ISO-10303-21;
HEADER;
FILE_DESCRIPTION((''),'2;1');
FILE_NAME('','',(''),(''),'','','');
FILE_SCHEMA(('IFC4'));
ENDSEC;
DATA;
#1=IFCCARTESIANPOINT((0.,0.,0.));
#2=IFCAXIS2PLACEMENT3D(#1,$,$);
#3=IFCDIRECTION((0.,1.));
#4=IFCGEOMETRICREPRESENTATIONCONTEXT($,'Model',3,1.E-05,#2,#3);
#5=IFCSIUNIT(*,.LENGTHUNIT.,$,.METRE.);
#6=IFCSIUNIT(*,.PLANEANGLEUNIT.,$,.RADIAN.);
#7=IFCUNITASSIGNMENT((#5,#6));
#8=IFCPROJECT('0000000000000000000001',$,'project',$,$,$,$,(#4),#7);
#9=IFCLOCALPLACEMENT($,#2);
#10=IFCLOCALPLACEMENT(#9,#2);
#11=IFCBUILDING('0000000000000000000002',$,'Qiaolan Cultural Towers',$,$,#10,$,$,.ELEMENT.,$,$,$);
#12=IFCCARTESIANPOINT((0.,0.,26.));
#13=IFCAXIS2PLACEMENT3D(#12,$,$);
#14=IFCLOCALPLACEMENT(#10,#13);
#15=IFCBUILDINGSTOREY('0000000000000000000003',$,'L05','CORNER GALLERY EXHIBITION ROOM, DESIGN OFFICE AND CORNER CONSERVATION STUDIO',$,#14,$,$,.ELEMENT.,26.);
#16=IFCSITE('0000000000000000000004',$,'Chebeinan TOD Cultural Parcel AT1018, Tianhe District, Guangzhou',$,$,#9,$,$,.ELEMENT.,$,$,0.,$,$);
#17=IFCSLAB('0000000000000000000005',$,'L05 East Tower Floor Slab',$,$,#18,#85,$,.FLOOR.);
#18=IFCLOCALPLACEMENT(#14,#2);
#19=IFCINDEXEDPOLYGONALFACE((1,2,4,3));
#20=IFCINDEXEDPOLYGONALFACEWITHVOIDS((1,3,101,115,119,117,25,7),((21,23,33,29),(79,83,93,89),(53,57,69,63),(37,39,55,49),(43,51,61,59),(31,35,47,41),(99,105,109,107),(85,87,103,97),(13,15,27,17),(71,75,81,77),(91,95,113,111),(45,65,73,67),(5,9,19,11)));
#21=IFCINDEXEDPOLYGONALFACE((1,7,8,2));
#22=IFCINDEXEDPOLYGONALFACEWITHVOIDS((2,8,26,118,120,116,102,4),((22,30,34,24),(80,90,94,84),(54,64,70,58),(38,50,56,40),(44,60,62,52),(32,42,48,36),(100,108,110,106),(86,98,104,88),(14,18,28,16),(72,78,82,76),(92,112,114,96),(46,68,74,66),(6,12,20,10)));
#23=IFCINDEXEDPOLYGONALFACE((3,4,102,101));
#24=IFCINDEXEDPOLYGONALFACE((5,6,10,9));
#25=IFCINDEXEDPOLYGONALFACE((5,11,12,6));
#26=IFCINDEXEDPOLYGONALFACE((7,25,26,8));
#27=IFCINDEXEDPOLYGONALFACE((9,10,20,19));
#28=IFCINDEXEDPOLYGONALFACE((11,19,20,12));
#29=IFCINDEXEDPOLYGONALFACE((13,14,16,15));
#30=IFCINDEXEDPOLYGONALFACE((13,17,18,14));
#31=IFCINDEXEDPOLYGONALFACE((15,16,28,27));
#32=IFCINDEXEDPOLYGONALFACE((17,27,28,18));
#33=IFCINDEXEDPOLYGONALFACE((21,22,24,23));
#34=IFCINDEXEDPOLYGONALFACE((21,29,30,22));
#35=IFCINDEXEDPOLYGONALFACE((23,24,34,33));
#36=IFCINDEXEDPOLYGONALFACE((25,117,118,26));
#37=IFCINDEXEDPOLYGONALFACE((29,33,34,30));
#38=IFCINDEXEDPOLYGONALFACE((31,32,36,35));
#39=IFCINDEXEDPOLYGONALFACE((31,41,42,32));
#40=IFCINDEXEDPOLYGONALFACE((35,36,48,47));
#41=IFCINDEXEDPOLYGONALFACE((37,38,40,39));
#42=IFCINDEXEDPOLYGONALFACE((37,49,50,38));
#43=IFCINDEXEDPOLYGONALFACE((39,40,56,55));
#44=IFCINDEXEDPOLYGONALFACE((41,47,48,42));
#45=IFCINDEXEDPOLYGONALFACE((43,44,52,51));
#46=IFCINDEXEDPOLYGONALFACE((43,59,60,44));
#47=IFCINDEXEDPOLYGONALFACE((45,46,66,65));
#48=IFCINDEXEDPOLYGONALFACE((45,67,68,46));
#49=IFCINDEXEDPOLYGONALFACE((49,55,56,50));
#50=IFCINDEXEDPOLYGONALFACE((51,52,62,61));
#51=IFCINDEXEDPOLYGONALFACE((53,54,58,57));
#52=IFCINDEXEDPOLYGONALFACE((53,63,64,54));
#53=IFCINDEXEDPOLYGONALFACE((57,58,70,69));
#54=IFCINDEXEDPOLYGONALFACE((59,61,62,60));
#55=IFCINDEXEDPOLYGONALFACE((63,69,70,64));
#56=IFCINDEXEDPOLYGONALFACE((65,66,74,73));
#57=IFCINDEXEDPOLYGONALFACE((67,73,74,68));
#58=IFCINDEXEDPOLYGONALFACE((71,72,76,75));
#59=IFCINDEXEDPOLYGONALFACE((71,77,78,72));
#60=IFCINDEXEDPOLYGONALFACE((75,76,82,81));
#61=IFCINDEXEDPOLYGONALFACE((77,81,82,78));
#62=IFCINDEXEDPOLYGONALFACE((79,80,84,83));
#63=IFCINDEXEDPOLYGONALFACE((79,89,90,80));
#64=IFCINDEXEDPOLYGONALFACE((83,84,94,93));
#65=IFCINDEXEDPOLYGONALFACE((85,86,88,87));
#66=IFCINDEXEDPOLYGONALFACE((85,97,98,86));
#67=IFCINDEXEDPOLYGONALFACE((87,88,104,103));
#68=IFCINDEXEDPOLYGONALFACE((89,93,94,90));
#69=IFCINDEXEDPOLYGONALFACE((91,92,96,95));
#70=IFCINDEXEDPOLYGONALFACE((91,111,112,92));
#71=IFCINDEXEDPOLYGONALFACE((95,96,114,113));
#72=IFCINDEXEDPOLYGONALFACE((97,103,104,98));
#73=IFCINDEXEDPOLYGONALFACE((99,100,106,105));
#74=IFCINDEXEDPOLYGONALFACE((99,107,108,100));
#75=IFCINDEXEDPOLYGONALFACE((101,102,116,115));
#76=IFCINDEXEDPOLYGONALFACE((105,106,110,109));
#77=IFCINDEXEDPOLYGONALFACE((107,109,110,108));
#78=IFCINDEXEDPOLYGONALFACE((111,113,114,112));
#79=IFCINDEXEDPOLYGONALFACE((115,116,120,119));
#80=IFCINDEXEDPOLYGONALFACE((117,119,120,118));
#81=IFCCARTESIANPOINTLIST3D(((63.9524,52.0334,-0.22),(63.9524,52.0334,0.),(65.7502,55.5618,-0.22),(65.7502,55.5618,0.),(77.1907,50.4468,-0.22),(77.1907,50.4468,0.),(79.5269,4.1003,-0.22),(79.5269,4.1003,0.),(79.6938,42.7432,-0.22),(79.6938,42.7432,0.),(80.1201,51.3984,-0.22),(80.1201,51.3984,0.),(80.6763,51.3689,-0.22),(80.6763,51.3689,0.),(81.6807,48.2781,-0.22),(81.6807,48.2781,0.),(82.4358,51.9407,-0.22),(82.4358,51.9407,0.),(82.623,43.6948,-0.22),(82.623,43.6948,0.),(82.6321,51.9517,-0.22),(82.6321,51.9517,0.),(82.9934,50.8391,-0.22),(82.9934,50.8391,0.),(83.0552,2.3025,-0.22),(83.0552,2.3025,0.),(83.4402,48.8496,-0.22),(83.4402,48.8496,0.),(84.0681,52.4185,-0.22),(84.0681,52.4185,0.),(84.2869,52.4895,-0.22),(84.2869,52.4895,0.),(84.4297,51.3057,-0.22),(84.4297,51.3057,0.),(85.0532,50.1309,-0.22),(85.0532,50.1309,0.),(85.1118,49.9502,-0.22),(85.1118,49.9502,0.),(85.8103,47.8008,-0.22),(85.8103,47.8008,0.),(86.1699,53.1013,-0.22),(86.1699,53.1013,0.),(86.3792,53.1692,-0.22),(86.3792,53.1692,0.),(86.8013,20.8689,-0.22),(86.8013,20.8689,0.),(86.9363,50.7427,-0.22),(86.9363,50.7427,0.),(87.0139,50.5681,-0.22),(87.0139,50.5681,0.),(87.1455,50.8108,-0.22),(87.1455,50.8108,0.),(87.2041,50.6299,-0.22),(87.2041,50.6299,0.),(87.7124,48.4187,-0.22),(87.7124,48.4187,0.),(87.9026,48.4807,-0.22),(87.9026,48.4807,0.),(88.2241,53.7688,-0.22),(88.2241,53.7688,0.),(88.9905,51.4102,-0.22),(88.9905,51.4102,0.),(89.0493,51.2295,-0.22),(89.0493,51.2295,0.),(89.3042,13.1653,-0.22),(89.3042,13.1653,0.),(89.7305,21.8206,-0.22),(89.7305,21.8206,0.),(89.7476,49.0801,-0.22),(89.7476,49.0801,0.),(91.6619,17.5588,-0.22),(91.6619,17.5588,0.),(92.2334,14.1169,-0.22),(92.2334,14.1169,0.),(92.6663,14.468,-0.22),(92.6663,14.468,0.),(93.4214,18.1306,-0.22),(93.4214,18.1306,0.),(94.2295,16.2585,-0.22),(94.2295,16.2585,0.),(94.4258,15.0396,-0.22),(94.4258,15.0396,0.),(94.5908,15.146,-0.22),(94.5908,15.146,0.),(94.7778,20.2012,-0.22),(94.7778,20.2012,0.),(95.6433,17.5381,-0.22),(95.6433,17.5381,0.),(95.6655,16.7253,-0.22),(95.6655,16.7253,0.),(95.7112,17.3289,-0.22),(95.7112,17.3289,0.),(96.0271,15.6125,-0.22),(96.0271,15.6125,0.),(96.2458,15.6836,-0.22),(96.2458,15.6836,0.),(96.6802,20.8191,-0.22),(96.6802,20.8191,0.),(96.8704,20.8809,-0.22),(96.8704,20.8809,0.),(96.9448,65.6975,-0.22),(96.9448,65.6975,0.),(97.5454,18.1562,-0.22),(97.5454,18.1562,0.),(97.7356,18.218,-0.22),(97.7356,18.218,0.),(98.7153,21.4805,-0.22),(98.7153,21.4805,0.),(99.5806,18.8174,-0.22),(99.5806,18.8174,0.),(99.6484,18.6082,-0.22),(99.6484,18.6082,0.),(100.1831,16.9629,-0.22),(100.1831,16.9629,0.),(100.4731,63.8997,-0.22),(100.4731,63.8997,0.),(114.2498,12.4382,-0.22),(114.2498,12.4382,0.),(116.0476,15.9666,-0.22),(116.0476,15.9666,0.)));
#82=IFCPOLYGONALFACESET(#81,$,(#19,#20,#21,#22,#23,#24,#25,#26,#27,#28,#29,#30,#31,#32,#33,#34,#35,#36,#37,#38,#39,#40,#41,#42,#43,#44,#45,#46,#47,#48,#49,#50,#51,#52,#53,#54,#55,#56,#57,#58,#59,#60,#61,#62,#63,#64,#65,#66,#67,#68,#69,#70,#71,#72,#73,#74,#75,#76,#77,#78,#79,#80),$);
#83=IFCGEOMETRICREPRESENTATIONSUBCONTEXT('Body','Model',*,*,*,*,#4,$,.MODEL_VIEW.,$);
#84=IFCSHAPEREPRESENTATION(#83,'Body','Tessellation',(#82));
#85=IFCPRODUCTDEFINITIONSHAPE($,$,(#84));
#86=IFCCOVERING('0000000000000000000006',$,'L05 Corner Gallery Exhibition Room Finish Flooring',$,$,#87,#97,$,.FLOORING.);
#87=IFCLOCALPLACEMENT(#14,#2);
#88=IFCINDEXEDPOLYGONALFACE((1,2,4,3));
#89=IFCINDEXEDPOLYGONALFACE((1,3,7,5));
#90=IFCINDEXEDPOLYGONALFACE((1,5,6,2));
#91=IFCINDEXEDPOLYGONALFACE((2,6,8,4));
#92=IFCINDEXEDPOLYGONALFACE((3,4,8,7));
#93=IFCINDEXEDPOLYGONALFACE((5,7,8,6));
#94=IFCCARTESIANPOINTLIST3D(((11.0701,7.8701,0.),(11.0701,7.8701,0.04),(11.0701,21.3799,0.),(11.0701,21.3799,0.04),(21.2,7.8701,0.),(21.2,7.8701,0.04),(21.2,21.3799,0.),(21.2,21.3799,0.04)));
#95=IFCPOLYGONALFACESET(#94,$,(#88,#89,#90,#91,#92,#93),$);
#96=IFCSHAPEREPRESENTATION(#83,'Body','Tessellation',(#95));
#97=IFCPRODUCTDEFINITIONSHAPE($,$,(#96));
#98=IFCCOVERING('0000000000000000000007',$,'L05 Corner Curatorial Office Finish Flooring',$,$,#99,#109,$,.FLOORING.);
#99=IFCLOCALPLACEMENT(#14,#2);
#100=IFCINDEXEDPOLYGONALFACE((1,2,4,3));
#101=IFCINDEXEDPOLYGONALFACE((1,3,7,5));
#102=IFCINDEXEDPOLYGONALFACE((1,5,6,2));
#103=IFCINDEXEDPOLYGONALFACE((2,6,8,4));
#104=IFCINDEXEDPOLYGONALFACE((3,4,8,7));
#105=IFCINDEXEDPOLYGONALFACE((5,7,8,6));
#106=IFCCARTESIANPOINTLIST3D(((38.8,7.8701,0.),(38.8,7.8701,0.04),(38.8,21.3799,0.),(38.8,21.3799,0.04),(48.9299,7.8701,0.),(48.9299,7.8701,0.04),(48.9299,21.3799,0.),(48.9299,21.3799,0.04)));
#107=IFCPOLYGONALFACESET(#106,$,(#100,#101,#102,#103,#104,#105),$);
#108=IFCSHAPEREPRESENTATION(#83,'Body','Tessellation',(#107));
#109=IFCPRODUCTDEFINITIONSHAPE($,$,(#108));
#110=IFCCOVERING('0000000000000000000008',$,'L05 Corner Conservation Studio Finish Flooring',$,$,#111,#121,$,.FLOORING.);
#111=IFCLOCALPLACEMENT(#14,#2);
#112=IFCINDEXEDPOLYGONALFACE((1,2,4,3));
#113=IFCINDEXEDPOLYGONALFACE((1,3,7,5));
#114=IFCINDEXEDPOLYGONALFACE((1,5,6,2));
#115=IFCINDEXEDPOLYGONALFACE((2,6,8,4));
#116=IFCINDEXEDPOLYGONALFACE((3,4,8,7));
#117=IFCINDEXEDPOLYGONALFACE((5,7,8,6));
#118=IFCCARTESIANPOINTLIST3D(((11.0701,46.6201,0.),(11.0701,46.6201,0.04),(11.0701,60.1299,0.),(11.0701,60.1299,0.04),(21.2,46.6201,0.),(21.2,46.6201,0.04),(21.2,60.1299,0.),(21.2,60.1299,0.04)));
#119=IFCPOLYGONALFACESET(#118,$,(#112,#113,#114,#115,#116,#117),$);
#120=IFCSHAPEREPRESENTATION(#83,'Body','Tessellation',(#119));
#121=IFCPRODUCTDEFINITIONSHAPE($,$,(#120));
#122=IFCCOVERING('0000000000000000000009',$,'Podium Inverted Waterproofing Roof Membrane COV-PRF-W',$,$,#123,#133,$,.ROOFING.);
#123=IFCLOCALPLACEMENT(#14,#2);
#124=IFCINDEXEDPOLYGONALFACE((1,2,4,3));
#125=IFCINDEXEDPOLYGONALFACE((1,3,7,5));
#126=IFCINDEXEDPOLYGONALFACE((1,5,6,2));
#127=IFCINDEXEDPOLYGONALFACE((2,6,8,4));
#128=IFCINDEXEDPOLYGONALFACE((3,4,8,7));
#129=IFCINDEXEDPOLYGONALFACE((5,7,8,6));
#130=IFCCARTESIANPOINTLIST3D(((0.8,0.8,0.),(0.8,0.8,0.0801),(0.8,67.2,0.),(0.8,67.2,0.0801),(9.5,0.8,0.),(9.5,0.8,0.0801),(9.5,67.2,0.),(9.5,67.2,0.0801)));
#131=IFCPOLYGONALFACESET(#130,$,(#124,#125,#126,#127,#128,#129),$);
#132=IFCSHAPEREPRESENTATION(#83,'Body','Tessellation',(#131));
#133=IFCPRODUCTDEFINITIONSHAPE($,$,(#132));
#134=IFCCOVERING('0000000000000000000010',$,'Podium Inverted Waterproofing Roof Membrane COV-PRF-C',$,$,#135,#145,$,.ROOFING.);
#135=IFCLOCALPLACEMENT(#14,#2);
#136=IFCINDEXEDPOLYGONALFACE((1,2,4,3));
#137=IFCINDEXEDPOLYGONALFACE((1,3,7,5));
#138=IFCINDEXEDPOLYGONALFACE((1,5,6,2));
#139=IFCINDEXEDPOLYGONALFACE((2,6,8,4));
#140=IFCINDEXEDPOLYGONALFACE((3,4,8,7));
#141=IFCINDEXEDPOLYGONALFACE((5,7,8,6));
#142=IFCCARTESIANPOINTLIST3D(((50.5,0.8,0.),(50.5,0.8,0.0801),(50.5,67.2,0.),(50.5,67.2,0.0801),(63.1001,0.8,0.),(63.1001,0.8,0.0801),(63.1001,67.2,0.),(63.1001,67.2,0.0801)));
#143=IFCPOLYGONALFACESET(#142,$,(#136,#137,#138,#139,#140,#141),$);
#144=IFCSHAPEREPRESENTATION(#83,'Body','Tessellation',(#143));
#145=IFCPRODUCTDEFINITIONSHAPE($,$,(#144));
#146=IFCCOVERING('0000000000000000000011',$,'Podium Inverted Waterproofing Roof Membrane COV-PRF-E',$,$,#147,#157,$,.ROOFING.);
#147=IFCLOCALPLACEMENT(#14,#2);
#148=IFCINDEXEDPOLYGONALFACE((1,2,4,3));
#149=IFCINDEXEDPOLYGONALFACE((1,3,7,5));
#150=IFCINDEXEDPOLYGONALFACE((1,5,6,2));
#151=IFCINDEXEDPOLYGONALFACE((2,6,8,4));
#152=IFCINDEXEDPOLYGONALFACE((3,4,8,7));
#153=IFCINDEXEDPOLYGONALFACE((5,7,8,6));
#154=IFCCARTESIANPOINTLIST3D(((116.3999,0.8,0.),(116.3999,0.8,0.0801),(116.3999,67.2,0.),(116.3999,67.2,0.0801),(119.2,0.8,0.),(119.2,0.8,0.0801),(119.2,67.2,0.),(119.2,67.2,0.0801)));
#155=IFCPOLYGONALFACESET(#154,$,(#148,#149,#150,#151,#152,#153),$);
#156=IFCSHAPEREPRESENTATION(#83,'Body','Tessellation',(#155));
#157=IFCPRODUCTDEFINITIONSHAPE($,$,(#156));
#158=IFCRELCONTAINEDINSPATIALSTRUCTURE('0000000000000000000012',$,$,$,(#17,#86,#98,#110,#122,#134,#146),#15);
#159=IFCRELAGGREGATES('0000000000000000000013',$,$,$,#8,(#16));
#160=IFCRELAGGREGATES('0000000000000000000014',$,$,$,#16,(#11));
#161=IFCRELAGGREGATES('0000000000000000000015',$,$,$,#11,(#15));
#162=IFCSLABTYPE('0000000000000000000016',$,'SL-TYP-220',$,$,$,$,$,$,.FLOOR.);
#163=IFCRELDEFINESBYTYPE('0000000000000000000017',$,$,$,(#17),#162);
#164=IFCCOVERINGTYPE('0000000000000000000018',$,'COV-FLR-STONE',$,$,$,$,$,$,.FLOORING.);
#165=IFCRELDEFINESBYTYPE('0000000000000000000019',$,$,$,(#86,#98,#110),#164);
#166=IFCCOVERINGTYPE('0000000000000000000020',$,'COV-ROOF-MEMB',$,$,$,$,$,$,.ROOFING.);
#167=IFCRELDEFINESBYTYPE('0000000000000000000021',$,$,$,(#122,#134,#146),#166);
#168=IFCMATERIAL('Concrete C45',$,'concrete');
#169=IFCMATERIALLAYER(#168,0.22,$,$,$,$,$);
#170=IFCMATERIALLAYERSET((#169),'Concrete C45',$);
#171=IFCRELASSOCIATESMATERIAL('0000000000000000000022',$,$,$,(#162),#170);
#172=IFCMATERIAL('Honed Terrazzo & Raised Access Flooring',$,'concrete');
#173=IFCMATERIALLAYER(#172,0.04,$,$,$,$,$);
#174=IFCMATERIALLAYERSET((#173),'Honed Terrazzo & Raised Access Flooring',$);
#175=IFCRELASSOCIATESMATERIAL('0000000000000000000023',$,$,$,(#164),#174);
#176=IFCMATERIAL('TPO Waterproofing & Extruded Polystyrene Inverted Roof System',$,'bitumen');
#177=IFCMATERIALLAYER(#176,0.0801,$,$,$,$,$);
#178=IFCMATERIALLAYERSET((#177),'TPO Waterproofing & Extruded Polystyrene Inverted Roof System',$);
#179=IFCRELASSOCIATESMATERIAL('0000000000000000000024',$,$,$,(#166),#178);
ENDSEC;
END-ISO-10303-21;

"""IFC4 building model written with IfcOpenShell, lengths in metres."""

from ifc_helpers import new_model, si_unit, direction, frame, origin, place, context, subcontext, project, spatial, polyline, outline, extrude, material, layer, layer_set, type_object, element, save


model = new_model("IFC4")

# Units and contexts
model_context = context("Model", 3, precision=1e-05, world=origin(), true_north=direction((0.0, 1.0)))
body_context = subcontext(model_context, "Body", "Model", "MODEL_VIEW")
ifc_project = project(units=[si_unit("LENGTHUNIT", "METRE"), si_unit("PLANEANGLEUNIT", "RADIAN")], contexts=[model_context])

# Site, building, storey
site_placement = place(None, origin())
site = spatial("IfcSite", under=ifc_project, at=site_placement, Name="Chebeinan TOD Cultural Parcel AT1018, Tianhe District, Guangzhou", CompositionType="ELEMENT", RefElevation=0.0)
building_placement = place(site_placement, origin())
building = spatial("IfcBuilding", under=site, at=building_placement, Name="Qiaolan Cultural Towers", CompositionType="ELEMENT")
storey_placement = place(building_placement, frame((0.0, 0.0, 26.0)))
storey = spatial("IfcBuildingStorey", under=building, at=storey_placement, Name="L05", Description="CORNER GALLERY EXHIBITION ROOM, DESIGN OFFICE AND CORNER CONSERVATION STUDIO", CompositionType="ELEMENT", Elevation=26.0)

# Slab
ifc_material_1 = material(Name="Concrete C45", Category="concrete")
ifc_layer_1 = layer(ifc_material_1, 0.22)
ifc_layer_set_1 = layer_set([ifc_layer_1], Name="Concrete C45")
slab_type_1 = type_object("IfcSlabType", Name="SL-TYP-220", PredefinedType="FLOOR", material=ifc_layer_set_1)
slab_1_placement = place(storey_placement, frame((0.0, 0.0, -0.22)))
element("IfcSlab", 1, at=slab_1_placement, inside=storey, type_object=slab_type_1, Name="L05 East Tower Floor Slab", PredefinedType="FLOOR", context=body_context, shape_type="SweptSolid", body=[
    extrude(outline(polyline([(83.0552, 2.3025), (114.2498, 12.4382), (116.0476, 15.9666), (100.4731, 63.8997), (96.9448, 65.6975), (65.7502, 55.5618), (63.9524, 52.0334), (79.5269, 4.1003), (83.0552, 2.3025)]), holes=[polyline([(86.8013, 20.8689), (89.3042, 13.1653), (92.2334, 14.1169), (89.7305, 21.8206), (86.8013, 20.8689)]), polyline([(82.623, 43.6948), (80.1201, 51.3984), (77.1907, 50.4468), (79.6938, 42.7432), (82.623, 43.6948)]), polyline([(92.6663, 14.468), (94.4258, 15.0396), (93.4214, 18.1306), (91.6619, 17.5588), (92.6663, 14.468)]), polyline([(94.5908, 15.146), (96.0271, 15.6125), (95.6655, 16.7253), (94.2295, 16.2585), (94.5908, 15.146)]), polyline([(95.6433, 17.5381), (97.5454, 18.1562), (96.6802, 20.8191), (94.7778, 20.2012), (95.6433, 17.5381)]), polyline([(97.7356, 18.218), (99.5806, 18.8174), (98.7153, 21.4805), (96.8704, 20.8809), (97.7356, 18.218)]), polyline([(96.2458, 15.6836), (100.1831, 16.9629), (99.6484, 18.6082), (95.7112, 17.3289), (96.2458, 15.6836)]), polyline([(81.6807, 48.2781), (83.4402, 48.8496), (82.4358, 51.9407), (80.6763, 51.3689), (81.6807, 48.2781)]), polyline([(82.9934, 50.8391), (84.4297, 51.3057), (84.0681, 52.4185), (82.6321, 51.9517), (82.9934, 50.8391)]), polyline([(85.8103, 47.8008), (87.7124, 48.4187), (87.0139, 50.5681), (85.1118, 49.9502), (85.8103, 47.8008)]), polyline([(87.9026, 48.4807), (89.7476, 49.0801), (89.0493, 51.2295), (87.2041, 50.6299), (87.9026, 48.4807)]), polyline([(85.0532, 50.1309), (86.9363, 50.7427), (86.1699, 53.1013), (84.2869, 52.4895), (85.0532, 50.1309)]), polyline([(87.1455, 50.8108), (88.9905, 51.4102), (88.2241, 53.7688), (86.3792, 53.1692), (87.1455, 50.8108)])]), origin(), (0.0, 0.0, 1.0), 0.22),
])

# Coverings
ifc_material_2 = material(Name="Honed Terrazzo & Raised Access Flooring", Category="concrete")
ifc_layer_2 = layer(ifc_material_2, 0.04)
ifc_layer_set_2 = layer_set([ifc_layer_2], Name="Honed Terrazzo & Raised Access Flooring")
covering_type_1 = type_object("IfcCoveringType", Name="COV-FLR-STONE", PredefinedType="FLOORING", material=ifc_layer_set_2)
covering_1_placement = place(storey_placement, origin())
element("IfcCovering", 2, at=covering_1_placement, inside=storey, type_object=covering_type_1, Name="L05 Corner Gallery Exhibition Room Finish Flooring", PredefinedType="FLOORING", context=body_context, shape_type="SweptSolid", body=[
    extrude(outline(polyline([(21.2, 7.8701), (21.2, 21.3799), (11.0701, 21.3799), (11.0701, 7.8701), (21.2, 7.8701)])), origin(), (0.0, 0.0, 1.0), 0.04),
])
covering_2_placement = place(storey_placement, origin())
element("IfcCovering", 3, at=covering_2_placement, inside=storey, type_object=covering_type_1, Name="L05 Corner Curatorial Office Finish Flooring", PredefinedType="FLOORING", context=body_context, shape_type="SweptSolid", body=[
    extrude(outline(polyline([(48.9299, 7.8701), (48.9299, 21.3799), (38.8, 21.3799), (38.8, 7.8701), (48.9299, 7.8701)])), origin(), (0.0, 0.0, 1.0), 0.04),
])
covering_3_placement = place(storey_placement, origin())
element("IfcCovering", 4, at=covering_3_placement, inside=storey, type_object=covering_type_1, Name="L05 Corner Conservation Studio Finish Flooring", PredefinedType="FLOORING", context=body_context, shape_type="SweptSolid", body=[
    extrude(outline(polyline([(21.2, 46.6201), (21.2, 60.1299), (11.0701, 60.1299), (11.0701, 46.6201), (21.2, 46.6201)])), origin(), (0.0, 0.0, 1.0), 0.04),
])
ifc_material_3 = material(Name="TPO Waterproofing & Extruded Polystyrene Inverted Roof System", Category="bitumen")
ifc_layer_3 = layer(ifc_material_3, 0.0801)
ifc_layer_set_3 = layer_set([ifc_layer_3], Name="TPO Waterproofing & Extruded Polystyrene Inverted Roof System")
covering_type_2 = type_object("IfcCoveringType", Name="COV-ROOF-MEMB", PredefinedType="ROOFING", material=ifc_layer_set_3)
covering_4_placement = place(storey_placement, origin())
element("IfcCovering", 5, at=covering_4_placement, inside=storey, type_object=covering_type_2, Name="Podium Inverted Waterproofing Roof Membrane COV-PRF-W", PredefinedType="ROOFING", context=body_context, shape_type="SweptSolid", body=[
    extrude(outline(polyline([(0.8, 0.8), (9.5, 0.8), (9.5, 67.2), (0.8, 67.2), (0.8, 0.8)])), origin(), (0.0, 0.0, 1.0), 0.0801),
])
covering_5_placement = place(storey_placement, origin())
element("IfcCovering", 6, at=covering_5_placement, inside=storey, type_object=covering_type_2, Name="Podium Inverted Waterproofing Roof Membrane COV-PRF-C", PredefinedType="ROOFING", context=body_context, shape_type="SweptSolid", body=[
    extrude(outline(polyline([(50.5, 0.8), (63.1001, 0.8), (63.1001, 67.2), (50.5, 67.2), (50.5, 0.8)])), origin(), (0.0, 0.0, 1.0), 0.0801),
])
covering_6_placement = place(storey_placement, origin())
element("IfcCovering", 7, at=covering_6_placement, inside=storey, type_object=covering_type_2, Name="Podium Inverted Waterproofing Roof Membrane COV-PRF-E", PredefinedType="ROOFING", context=body_context, shape_type="SweptSolid", body=[
    extrude(outline(polyline([(116.3999, 0.8), (119.2, 0.8), (119.2, 67.2), (116.3999, 67.2), (116.3999, 0.8)])), origin(), (0.0, 0.0, 1.0), 0.0801),
])

save(model, "model.ifc")
